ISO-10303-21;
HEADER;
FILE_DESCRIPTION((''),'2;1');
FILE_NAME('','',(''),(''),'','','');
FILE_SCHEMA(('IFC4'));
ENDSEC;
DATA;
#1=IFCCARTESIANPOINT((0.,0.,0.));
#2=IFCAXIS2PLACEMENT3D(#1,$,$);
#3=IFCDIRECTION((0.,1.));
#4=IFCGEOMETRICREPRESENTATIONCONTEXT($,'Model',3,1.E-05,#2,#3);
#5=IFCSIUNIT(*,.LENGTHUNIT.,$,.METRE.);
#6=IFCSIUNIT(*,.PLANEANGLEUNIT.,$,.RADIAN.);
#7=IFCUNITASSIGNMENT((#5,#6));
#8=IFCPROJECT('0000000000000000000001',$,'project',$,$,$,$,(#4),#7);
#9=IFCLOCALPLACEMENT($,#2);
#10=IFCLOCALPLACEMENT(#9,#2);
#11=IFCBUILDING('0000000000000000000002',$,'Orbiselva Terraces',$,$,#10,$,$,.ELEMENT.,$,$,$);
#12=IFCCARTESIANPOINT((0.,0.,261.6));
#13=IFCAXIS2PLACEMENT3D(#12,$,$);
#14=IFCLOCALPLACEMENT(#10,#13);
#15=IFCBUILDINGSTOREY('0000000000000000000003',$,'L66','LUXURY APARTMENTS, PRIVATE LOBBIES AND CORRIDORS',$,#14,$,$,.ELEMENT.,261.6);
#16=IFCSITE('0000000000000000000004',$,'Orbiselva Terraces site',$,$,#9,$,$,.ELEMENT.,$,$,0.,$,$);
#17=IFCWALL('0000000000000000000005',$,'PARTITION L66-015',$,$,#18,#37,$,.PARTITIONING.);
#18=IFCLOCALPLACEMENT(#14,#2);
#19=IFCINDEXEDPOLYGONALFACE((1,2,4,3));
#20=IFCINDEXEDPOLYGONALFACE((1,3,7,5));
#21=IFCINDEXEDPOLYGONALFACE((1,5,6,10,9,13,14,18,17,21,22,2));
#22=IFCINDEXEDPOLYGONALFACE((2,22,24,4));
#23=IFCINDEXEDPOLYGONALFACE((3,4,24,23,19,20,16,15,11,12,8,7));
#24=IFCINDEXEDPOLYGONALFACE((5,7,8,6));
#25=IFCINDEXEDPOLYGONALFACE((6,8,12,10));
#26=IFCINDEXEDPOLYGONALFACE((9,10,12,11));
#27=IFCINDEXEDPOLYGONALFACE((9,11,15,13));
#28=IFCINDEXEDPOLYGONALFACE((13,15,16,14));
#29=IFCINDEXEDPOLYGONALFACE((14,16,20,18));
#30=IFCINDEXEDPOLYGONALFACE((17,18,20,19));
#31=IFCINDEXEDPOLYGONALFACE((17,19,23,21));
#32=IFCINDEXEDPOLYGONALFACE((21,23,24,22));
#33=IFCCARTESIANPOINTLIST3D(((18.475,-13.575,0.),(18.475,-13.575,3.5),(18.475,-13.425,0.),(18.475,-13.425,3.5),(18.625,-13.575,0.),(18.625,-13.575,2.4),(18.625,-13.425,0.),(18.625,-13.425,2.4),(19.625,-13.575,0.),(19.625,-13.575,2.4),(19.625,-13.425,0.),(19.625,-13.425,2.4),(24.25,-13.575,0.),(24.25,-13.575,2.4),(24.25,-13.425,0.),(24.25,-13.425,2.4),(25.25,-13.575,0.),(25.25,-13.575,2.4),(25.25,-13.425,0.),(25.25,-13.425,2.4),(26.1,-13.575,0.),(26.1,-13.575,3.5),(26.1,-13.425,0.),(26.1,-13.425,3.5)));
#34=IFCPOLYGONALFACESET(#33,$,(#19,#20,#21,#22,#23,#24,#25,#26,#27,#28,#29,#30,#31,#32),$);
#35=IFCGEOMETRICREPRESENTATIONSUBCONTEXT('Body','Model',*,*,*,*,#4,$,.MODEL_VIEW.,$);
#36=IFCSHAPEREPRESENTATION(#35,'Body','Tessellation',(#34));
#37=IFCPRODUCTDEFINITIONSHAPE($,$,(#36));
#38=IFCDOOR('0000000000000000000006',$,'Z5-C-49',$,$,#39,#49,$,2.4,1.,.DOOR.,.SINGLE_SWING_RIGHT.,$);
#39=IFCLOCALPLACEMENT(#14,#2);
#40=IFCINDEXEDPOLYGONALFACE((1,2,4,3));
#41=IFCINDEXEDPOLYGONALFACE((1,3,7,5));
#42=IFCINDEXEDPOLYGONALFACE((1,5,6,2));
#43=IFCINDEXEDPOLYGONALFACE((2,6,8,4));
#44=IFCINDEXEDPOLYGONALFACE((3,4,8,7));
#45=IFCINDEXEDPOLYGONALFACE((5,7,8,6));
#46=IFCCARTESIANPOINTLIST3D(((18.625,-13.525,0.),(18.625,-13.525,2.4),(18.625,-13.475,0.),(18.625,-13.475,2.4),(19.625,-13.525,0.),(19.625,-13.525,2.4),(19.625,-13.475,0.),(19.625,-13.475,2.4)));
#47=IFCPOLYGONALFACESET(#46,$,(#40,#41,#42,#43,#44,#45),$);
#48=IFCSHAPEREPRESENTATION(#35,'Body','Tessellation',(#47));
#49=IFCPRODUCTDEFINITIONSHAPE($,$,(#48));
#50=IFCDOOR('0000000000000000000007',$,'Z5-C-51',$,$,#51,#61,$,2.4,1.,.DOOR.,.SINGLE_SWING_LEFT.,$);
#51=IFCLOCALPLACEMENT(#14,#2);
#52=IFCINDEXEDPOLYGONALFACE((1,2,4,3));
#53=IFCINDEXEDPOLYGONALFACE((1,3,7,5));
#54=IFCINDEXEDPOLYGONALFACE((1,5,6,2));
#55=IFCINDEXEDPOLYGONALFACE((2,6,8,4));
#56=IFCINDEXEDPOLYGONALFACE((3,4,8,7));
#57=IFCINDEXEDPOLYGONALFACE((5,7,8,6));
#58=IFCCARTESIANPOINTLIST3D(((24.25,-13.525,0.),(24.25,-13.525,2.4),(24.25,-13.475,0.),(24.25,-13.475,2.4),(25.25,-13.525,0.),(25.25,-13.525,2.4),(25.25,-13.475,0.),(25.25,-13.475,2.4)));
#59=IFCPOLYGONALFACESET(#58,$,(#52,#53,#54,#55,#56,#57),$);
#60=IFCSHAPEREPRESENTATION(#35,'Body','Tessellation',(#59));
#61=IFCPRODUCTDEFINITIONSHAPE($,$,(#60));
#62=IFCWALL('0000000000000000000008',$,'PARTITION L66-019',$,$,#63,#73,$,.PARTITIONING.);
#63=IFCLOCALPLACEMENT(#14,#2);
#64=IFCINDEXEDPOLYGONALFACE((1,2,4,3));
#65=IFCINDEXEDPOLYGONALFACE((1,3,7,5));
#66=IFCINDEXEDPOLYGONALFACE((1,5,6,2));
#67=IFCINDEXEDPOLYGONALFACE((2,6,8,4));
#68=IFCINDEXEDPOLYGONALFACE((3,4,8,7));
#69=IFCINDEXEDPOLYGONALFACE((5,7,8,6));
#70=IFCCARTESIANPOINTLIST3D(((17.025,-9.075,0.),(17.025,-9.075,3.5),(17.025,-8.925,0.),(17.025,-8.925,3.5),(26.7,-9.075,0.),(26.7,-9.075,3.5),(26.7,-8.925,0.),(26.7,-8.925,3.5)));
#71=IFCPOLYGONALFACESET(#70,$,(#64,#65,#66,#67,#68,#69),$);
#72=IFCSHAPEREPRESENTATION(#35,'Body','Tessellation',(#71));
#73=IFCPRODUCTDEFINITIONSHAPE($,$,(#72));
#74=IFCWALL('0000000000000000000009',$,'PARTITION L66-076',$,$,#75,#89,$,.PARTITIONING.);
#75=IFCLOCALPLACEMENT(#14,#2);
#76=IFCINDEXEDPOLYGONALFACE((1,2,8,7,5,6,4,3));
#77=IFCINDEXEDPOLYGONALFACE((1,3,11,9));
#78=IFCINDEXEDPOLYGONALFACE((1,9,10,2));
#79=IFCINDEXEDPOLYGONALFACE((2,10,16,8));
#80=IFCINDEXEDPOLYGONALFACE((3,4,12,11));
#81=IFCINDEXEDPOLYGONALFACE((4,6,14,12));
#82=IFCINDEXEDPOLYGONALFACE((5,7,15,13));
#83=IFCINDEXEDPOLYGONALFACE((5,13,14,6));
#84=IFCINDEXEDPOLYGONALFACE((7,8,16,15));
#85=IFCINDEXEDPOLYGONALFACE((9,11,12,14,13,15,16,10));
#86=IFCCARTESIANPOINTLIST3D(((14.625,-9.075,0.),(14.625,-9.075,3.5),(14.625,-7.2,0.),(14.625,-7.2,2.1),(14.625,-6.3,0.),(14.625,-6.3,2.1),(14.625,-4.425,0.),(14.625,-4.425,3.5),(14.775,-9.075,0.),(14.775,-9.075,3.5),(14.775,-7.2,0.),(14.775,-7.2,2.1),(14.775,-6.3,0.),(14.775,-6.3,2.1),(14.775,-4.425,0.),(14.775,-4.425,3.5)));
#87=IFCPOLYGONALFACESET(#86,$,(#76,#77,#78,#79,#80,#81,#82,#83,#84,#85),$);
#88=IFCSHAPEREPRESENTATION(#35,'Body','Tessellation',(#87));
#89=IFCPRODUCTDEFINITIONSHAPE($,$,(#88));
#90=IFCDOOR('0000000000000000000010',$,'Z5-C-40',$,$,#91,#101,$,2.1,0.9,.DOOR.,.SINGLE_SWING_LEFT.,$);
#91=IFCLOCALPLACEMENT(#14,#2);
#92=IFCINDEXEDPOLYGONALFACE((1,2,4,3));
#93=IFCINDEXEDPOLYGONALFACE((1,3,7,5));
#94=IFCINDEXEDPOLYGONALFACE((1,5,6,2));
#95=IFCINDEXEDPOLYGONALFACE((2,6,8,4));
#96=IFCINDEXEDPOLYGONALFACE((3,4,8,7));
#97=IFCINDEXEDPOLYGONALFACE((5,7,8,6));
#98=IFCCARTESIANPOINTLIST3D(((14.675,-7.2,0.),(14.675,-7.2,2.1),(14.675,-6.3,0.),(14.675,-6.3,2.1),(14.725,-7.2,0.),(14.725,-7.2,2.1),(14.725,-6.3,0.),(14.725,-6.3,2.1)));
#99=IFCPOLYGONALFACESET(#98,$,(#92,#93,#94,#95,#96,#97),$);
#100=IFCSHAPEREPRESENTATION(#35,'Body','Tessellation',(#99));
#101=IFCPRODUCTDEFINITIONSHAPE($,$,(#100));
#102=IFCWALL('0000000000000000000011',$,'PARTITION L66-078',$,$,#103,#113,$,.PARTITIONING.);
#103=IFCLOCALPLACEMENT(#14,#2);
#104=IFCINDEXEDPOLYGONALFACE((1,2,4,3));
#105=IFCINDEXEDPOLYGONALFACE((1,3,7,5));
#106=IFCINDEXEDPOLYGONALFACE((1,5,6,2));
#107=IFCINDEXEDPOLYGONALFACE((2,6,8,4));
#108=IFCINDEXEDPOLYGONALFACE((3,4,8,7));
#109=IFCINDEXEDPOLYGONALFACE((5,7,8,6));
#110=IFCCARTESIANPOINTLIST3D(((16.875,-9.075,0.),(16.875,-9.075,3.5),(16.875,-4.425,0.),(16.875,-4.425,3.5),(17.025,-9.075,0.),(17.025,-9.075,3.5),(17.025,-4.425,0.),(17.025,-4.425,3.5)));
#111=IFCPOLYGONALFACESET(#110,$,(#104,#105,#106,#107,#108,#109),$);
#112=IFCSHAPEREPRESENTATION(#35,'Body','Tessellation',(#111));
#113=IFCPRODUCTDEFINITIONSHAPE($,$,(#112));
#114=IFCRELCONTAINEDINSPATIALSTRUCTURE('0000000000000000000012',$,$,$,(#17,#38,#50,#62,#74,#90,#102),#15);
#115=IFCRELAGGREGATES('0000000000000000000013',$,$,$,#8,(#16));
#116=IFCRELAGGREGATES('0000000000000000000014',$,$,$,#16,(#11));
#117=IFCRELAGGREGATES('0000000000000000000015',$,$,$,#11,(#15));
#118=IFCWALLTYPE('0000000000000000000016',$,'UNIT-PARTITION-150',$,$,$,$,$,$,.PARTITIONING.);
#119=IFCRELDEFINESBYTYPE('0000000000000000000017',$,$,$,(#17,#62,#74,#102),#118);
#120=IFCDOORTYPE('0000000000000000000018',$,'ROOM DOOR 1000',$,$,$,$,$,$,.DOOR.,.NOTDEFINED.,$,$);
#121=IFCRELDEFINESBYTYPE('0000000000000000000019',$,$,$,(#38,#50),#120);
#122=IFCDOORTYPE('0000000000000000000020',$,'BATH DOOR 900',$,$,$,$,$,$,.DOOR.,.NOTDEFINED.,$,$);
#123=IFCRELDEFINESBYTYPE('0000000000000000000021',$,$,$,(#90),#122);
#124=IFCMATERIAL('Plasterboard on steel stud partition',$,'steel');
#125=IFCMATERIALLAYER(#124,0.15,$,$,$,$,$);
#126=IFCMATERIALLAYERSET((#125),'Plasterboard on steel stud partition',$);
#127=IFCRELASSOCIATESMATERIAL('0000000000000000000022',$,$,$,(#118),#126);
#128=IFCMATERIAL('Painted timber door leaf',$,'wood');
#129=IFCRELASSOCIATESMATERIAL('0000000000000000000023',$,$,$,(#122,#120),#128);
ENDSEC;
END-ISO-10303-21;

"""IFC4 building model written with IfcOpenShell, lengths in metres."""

from ifc_helpers import new_model, si_unit, direction, frame, frame_2d, origin, place, context, subcontext, project, spatial, rectangle, extrude, material, layer, layer_set, type_object, element, fill, save


model = new_model("IFC4")

# Units and contexts
model_context = context("Model", 3, precision=1e-05, world=origin(), true_north=direction((0.0, 1.0)))
body_context = subcontext(model_context, "Body", "Model", "MODEL_VIEW")
ifc_project = project(units=[si_unit("LENGTHUNIT", "METRE"), si_unit("PLANEANGLEUNIT", "RADIAN")], contexts=[model_context])

# Site, building, storey
site_placement = place(None, origin())
site = spatial("IfcSite", under=ifc_project, at=site_placement, Name="Orbiselva Terraces site", CompositionType="ELEMENT", RefElevation=0.0)
building_placement = place(site_placement, origin())
building = spatial("IfcBuilding", under=site, at=building_placement, Name="Orbiselva Terraces", CompositionType="ELEMENT")
storey_placement = place(building_placement, frame((0.0, 0.0, 261.6)))
storey = spatial("IfcBuildingStorey", under=building, at=storey_placement, Name="L66", Description="LUXURY APARTMENTS, PRIVATE LOBBIES AND CORRIDORS", CompositionType="ELEMENT", Elevation=261.6)

# Shared definitions
ifc_material_1 = material(Name="Plasterboard on steel stud partition", Category="steel")
ifc_layer_1 = layer(ifc_material_1, 0.15)
ifc_layer_set_1 = layer_set([ifc_layer_1], Name="Plasterboard on steel stud partition")
wall_type_1 = type_object("IfcWallType", Name="UNIT-PARTITION-150", PredefinedType="PARTITIONING", material=ifc_layer_set_1)
ifc_material_2 = material(Name="Painted timber door leaf", Category="wood")
door_type_1 = type_object("IfcDoorType", Name="BATH DOOR 900", OperationType="NOTDEFINED", PredefinedType="DOOR", material=ifc_material_2)

# Wall, openings, doors
door_type_2 = type_object("IfcDoorType", Name="ROOM DOOR 1000", OperationType="NOTDEFINED", PredefinedType="DOOR", material=ifc_material_2)
wall_1_placement = place(storey_placement, frame((26.1, -13.5, 0.0), z_axis=(0.0, 0.0, 1.0), x_axis=(-1.0, 0.0, 0.0)))
wall_1 = element("IfcWall", 1, at=wall_1_placement, inside=storey, type_object=wall_type_1, Name="PARTITION L66-015", PredefinedType="PARTITIONING", context=body_context, shape_type="SweptSolid", body=[
    extrude(rectangle(XDim=7.625, YDim=0.15, at=frame_2d((3.8125, 0.0))), origin(), (0.0, 0.0, 1.0), 3.5),
])
opening_1_placement = place(wall_1_placement, frame((6.475, 0.0, 0.0)))
opening_1 = element("IfcOpeningElement", 2, at=opening_1_placement, cuts=wall_1, PredefinedType="OPENING", context=body_context, shape_type="SweptSolid", body=[
    extrude(rectangle(XDim=1.0, YDim=2.4, at=frame_2d((0.5, 1.2))), frame((0.0, 0.085, 0.0), z_axis=(0.0, -1.0, 0.0), x_axis=(1.0, 0.0, 0.0)), (0.0, 0.0, 1.0), 0.17),
])
opening_2_placement = place(wall_1_placement, frame((0.85, 0.0, 0.0)))
opening_2 = element("IfcOpeningElement", 3, at=opening_2_placement, cuts=wall_1, PredefinedType="OPENING", context=body_context, shape_type="SweptSolid", body=[
    extrude(rectangle(XDim=1.0, YDim=2.4, at=frame_2d((0.5, 1.2))), frame((0.0, 0.085, 0.0), z_axis=(0.0, -1.0, 0.0), x_axis=(1.0, 0.0, 0.0)), (0.0, 0.0, 1.0), 0.17),
])
door_1_placement = place(opening_1_placement, origin())
door_1 = element("IfcDoor", 4, at=door_1_placement, inside=storey, type_object=door_type_2, Name="Z5-C-49", OperationType="SINGLE_SWING_RIGHT", OverallHeight=2.4, OverallWidth=1.0, PredefinedType="DOOR", context=body_context, shape_type="SweptSolid", body=[
    extrude(rectangle(XDim=1.0, YDim=2.4, at=frame_2d((0.5, 1.2))), frame((0.0, 0.025, 0.0), z_axis=(0.0, -1.0, 0.0), x_axis=(1.0, 0.0, 0.0)), (0.0, 0.0, 1.0), 0.05),
])
fill(opening_1, door_1)
door_2_placement = place(opening_2_placement, origin())
door_2 = element("IfcDoor", 5, at=door_2_placement, inside=storey, type_object=door_type_2, Name="Z5-C-51", OperationType="SINGLE_SWING_LEFT", OverallHeight=2.4, OverallWidth=1.0, PredefinedType="DOOR", context=body_context, shape_type="SweptSolid", body=[
    extrude(rectangle(XDim=1.0, YDim=2.4, at=frame_2d((0.5, 1.2))), frame((0.0, 0.025, 0.0), z_axis=(0.0, -1.0, 0.0), x_axis=(1.0, 0.0, 0.0)), (0.0, 0.0, 1.0), 0.05),
])
fill(opening_2, door_2)

# Wall
wall_2_placement = place(storey_placement, frame((17.025, -9.0, 0.0), z_axis=(0.0, 0.0, 1.0), x_axis=(1.0, 0.0, 0.0)))
element("IfcWall", 6, at=wall_2_placement, inside=storey, type_object=wall_type_1, Name="PARTITION L66-019", PredefinedType="PARTITIONING", context=body_context, shape_type="SweptSolid", body=[
    extrude(rectangle(XDim=9.675, YDim=0.15, at=frame_2d((4.8375, 0.0))), origin(), (0.0, 0.0, 1.0), 3.5),
])

# Wall, opening, door
wall_3_placement = place(storey_placement, frame((14.7, -9.075, 0.0), z_axis=(0.0, 0.0, 1.0), x_axis=(0.0, 1.0, 0.0)))
wall_3 = element("IfcWall", 7, at=wall_3_placement, inside=storey, type_object=wall_type_1, Name="PARTITION L66-076", PredefinedType="PARTITIONING", context=body_context, shape_type="SweptSolid", body=[
    extrude(rectangle(XDim=4.65, YDim=0.15, at=frame_2d((2.325, 0.0))), origin(), (0.0, 0.0, 1.0), 3.5),
])
opening_3_placement = place(wall_3_placement, frame((1.875, 0.0, 0.0)))
opening_3 = element("IfcOpeningElement", 8, at=opening_3_placement, cuts=wall_3, PredefinedType="OPENING", context=body_context, shape_type="SweptSolid", body=[
    extrude(rectangle(XDim=0.9, YDim=2.1, at=frame_2d((0.45, 1.05))), frame((0.0, 0.085, 0.0), z_axis=(0.0, -1.0, 0.0), x_axis=(1.0, 0.0, 0.0)), (0.0, 0.0, 1.0), 0.17),
])
door_3_placement = place(opening_3_placement, origin())
door_3 = element("IfcDoor", 9, at=door_3_placement, inside=storey, type_object=door_type_1, Name="Z5-C-40", OperationType="SINGLE_SWING_LEFT", OverallHeight=2.1, OverallWidth=0.9, PredefinedType="DOOR", context=body_context, shape_type="SweptSolid", body=[
    extrude(rectangle(XDim=0.9, YDim=2.1, at=frame_2d((0.45, 1.05))), frame((0.0, 0.025, 0.0), z_axis=(0.0, -1.0, 0.0), x_axis=(1.0, 0.0, 0.0)), (0.0, 0.0, 1.0), 0.05),
])
fill(opening_3, door_3)

# Wall
wall_4_placement = place(storey_placement, frame((16.95, -9.075, 0.0), z_axis=(0.0, 0.0, 1.0), x_axis=(0.0, 1.0, 0.0)))
element("IfcWall", 10, at=wall_4_placement, inside=storey, type_object=wall_type_1, Name="PARTITION L66-078", PredefinedType="PARTITIONING", context=body_context, shape_type="SweptSolid", body=[
    extrude(rectangle(XDim=4.65, YDim=0.15, at=frame_2d((2.325, 0.0))), origin(), (0.0, 0.0, 1.0), 3.5),
])

save(model, "model.ifc")
